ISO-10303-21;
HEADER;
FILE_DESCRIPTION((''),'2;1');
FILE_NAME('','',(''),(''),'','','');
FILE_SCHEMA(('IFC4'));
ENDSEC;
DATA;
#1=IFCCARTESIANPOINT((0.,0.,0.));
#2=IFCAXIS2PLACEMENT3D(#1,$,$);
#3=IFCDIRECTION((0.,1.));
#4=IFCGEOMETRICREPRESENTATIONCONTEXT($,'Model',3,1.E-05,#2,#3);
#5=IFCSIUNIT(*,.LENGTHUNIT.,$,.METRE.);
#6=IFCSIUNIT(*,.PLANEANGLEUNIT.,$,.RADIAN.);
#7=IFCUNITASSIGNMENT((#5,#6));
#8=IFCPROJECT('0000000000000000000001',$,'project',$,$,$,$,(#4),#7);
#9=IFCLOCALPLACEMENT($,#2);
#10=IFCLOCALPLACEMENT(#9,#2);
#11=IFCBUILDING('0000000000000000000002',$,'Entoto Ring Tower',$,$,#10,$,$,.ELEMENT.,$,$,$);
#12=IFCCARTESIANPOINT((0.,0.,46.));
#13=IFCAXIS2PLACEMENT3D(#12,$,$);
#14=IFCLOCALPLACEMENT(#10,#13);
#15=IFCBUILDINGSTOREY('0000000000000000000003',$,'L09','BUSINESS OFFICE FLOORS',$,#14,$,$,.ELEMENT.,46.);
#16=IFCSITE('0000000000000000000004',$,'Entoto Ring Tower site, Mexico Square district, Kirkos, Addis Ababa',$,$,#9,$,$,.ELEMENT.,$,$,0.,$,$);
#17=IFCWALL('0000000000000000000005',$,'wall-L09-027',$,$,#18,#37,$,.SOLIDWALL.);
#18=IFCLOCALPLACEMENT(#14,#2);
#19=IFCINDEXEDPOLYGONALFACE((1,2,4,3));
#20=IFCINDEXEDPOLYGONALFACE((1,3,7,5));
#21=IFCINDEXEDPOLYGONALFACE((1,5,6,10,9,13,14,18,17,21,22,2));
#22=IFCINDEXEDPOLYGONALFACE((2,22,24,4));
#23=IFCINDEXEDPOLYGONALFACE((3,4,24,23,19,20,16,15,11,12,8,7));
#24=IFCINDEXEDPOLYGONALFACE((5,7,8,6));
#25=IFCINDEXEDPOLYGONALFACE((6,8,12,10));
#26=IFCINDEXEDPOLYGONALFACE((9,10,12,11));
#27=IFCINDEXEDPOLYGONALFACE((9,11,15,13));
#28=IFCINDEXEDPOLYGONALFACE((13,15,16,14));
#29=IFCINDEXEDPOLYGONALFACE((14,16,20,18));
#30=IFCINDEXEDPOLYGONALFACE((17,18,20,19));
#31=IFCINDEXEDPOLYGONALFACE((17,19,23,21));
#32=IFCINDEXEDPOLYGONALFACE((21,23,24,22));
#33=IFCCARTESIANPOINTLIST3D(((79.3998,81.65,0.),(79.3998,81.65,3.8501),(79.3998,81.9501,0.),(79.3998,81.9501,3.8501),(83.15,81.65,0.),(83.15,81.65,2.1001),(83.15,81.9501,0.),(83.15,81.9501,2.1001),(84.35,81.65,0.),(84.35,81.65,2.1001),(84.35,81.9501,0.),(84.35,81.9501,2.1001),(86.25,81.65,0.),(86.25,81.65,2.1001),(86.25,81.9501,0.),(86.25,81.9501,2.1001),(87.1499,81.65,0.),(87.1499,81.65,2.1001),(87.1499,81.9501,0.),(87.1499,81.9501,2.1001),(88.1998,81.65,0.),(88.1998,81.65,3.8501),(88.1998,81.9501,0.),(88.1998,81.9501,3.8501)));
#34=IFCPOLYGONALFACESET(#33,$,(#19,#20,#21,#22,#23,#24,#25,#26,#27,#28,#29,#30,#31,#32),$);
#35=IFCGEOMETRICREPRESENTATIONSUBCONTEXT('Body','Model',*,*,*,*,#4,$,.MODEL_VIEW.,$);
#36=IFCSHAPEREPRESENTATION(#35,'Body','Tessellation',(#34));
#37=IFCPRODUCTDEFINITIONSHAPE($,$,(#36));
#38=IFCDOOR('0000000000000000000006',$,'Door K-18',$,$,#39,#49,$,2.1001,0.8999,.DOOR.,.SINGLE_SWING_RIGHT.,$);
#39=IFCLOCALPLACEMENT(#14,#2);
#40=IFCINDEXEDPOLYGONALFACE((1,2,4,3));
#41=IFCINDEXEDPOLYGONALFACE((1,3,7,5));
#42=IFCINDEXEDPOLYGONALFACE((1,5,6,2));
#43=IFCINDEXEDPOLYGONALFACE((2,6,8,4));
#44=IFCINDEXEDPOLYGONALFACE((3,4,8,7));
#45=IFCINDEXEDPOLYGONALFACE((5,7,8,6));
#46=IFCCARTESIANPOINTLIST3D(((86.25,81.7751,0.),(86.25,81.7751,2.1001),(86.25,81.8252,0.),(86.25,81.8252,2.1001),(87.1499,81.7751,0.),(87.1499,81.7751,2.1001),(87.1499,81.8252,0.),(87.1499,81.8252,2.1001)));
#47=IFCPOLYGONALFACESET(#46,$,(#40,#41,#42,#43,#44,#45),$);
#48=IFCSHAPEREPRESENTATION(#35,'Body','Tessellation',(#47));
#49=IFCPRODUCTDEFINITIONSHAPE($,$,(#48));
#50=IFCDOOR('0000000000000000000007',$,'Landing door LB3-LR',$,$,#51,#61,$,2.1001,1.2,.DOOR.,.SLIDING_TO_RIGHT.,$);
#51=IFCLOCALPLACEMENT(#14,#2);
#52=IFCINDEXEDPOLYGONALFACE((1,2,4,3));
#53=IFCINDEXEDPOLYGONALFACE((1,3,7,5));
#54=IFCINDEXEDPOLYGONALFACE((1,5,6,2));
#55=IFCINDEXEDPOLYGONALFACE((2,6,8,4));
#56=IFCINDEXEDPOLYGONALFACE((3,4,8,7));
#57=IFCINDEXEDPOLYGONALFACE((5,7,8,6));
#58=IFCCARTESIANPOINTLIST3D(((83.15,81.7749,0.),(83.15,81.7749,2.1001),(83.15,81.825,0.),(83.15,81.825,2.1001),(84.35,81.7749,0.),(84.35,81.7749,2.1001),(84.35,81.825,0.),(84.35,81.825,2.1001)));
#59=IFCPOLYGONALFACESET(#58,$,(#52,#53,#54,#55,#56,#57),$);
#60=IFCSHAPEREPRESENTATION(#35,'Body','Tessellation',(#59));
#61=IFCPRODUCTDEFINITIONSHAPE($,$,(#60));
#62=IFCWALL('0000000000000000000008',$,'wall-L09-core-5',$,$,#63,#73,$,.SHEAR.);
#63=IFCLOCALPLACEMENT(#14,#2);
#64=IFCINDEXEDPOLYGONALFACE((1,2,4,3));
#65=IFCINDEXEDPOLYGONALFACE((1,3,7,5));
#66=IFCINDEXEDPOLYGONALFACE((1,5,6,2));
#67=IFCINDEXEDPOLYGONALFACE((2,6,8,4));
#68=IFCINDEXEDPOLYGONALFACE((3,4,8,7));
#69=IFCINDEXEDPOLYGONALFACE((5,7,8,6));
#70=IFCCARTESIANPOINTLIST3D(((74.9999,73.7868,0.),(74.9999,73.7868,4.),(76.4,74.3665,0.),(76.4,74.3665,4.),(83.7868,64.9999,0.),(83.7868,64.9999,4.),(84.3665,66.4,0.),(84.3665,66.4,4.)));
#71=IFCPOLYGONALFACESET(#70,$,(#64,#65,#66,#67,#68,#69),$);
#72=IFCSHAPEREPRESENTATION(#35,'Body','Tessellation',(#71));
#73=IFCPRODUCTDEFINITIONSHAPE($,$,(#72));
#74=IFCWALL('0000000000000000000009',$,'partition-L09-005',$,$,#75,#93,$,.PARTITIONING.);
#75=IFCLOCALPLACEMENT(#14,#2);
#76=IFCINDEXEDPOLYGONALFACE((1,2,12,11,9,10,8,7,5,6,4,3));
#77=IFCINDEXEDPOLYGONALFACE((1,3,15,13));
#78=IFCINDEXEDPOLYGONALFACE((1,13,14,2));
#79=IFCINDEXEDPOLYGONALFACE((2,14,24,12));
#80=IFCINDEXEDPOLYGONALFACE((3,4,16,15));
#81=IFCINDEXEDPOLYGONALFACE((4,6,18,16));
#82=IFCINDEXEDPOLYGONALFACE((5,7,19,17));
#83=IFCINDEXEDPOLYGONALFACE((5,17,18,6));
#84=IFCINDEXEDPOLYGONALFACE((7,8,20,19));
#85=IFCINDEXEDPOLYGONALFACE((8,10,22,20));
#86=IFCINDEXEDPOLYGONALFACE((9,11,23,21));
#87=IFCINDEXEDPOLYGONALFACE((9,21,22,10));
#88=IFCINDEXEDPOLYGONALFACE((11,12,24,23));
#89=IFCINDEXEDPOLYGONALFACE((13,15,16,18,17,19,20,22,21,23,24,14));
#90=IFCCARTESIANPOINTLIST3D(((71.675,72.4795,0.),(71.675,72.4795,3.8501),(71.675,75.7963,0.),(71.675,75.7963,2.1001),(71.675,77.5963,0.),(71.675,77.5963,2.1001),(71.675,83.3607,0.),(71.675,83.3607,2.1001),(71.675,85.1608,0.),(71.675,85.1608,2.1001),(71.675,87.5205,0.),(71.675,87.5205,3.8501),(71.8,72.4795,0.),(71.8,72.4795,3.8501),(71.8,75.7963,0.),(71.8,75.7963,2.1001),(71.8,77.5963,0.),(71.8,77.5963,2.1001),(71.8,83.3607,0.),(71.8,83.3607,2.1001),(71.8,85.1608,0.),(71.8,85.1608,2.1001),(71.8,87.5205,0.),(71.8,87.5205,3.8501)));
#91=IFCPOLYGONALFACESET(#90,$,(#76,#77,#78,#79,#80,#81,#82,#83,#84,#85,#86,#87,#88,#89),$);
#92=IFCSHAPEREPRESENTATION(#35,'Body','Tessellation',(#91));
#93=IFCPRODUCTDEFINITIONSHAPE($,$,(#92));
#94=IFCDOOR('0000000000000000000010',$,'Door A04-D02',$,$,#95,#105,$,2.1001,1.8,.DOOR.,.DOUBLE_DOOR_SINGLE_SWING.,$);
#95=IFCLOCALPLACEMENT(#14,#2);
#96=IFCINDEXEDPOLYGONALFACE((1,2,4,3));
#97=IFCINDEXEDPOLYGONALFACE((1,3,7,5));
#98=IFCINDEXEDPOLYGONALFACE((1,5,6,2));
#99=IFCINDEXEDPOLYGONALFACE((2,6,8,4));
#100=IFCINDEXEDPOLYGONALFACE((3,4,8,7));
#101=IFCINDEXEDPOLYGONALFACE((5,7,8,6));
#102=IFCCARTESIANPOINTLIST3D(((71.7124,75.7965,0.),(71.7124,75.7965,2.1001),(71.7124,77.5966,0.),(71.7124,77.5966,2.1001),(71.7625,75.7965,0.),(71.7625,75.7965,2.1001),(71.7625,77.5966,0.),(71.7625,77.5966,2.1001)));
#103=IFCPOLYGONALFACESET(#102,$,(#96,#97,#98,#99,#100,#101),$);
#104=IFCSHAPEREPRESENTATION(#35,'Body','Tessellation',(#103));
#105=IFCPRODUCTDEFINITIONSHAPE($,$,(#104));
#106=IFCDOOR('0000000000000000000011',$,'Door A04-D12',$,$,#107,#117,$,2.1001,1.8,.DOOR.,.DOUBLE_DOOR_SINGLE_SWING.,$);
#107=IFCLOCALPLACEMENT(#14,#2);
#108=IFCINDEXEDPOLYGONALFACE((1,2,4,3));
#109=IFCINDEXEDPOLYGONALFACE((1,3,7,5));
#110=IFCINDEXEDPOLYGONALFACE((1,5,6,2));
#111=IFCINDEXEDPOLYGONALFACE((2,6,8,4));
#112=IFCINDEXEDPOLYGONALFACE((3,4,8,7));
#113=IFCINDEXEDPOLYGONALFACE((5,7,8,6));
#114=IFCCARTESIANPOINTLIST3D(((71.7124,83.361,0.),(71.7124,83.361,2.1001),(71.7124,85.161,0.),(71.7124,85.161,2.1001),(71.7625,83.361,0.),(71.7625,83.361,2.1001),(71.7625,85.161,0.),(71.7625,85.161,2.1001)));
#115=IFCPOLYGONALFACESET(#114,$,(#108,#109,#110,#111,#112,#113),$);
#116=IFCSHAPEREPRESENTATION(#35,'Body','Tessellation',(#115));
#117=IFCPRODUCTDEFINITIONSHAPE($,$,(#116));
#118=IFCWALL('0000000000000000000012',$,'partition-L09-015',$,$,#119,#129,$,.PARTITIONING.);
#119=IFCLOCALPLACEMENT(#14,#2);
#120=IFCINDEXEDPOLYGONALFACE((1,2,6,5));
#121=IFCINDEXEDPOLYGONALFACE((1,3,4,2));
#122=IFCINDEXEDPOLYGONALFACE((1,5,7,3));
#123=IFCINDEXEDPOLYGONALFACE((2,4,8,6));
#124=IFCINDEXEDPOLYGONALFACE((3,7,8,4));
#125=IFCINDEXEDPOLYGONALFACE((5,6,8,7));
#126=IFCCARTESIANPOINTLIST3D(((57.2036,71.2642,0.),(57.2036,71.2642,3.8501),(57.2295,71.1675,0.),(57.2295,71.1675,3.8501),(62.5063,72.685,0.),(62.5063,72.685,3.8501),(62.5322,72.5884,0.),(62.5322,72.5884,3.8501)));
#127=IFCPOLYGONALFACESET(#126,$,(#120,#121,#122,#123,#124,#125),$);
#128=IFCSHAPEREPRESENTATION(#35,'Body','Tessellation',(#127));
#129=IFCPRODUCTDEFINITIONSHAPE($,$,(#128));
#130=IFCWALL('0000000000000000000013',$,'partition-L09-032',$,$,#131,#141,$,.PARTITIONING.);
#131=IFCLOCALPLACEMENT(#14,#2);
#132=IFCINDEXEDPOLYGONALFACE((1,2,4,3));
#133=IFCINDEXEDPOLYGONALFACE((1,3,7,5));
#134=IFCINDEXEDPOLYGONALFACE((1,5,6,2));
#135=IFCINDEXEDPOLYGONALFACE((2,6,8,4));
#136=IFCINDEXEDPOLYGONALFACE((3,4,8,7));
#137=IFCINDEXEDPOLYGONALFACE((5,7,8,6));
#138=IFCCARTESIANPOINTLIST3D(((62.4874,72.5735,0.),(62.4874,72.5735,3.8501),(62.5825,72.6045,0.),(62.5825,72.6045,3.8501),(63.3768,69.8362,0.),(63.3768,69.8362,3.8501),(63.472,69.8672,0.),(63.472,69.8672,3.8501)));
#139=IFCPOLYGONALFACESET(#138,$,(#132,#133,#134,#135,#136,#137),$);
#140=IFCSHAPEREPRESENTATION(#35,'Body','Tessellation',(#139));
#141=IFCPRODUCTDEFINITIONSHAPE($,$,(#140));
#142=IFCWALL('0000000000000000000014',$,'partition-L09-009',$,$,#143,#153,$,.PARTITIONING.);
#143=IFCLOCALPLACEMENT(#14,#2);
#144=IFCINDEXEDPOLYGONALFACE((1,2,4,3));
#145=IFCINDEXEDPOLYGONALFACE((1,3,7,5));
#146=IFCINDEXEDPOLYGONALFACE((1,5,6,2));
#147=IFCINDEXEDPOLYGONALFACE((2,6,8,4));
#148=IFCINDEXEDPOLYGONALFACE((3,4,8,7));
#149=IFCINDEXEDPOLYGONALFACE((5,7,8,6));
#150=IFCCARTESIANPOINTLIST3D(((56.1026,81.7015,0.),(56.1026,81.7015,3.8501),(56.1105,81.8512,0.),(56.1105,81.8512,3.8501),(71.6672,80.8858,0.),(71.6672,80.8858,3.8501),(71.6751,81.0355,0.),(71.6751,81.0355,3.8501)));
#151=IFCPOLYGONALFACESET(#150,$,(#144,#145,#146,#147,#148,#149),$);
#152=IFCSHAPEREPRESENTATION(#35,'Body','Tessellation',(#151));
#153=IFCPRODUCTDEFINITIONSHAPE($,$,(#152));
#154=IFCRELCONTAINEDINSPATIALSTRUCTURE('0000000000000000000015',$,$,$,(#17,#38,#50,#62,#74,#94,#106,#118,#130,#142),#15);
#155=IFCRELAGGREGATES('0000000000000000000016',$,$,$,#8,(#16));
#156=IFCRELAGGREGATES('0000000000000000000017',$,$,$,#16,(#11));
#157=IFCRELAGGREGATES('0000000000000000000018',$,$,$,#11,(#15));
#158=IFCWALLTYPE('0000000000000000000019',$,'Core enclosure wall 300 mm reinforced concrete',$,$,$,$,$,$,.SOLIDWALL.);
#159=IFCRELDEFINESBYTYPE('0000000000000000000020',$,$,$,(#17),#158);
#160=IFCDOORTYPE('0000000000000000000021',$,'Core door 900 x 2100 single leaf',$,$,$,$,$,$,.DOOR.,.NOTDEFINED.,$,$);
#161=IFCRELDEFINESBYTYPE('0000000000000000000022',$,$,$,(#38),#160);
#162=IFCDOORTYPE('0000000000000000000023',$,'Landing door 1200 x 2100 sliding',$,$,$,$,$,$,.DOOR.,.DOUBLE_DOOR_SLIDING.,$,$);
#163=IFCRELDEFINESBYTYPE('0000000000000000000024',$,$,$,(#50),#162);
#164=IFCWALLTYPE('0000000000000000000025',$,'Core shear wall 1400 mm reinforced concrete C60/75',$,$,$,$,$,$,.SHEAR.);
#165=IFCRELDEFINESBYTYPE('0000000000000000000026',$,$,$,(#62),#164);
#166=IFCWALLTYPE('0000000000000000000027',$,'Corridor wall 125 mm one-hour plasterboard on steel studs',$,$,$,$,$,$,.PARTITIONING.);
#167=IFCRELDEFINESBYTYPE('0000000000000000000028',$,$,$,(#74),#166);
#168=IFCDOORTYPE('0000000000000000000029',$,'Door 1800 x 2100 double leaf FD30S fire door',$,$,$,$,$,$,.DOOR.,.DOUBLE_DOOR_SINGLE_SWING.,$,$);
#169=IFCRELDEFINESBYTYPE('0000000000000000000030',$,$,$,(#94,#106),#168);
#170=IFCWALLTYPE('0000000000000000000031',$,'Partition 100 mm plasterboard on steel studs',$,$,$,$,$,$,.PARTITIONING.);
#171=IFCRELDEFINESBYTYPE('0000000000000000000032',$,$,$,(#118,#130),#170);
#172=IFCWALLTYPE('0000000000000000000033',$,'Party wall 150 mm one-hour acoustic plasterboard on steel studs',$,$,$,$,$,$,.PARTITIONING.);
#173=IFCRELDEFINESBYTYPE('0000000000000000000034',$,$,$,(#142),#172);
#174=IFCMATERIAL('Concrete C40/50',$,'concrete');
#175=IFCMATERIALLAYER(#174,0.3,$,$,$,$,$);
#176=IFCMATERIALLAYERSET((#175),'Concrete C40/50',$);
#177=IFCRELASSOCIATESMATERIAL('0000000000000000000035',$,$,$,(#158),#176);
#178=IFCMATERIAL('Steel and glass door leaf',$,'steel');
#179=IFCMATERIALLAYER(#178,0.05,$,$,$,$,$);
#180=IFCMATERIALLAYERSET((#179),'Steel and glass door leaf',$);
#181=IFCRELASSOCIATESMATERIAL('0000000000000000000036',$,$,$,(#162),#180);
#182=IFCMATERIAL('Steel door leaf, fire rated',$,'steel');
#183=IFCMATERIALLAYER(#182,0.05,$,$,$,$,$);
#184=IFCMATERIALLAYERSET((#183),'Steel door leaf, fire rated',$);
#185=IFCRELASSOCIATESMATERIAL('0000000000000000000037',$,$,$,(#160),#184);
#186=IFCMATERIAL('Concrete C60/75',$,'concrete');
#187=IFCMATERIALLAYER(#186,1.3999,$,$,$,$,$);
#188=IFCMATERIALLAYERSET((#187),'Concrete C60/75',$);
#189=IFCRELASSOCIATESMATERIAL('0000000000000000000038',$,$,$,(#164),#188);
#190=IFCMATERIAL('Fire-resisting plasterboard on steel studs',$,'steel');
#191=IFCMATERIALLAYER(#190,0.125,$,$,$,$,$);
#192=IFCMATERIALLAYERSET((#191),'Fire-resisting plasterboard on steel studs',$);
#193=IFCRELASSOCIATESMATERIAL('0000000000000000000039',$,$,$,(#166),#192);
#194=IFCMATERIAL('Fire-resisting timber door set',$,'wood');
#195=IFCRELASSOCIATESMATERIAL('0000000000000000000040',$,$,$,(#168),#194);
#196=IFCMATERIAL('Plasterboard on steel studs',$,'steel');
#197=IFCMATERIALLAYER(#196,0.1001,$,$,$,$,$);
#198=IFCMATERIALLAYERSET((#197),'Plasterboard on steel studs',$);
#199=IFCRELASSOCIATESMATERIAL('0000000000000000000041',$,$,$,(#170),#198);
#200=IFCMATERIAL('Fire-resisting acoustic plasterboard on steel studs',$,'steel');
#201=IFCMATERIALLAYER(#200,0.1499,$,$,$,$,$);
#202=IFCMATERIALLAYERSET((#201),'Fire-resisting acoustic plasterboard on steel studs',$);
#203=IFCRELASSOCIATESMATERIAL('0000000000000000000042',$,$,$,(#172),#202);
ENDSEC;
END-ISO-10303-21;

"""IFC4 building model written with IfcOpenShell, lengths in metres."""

from ifc_helpers import new_model, si_unit, direction, frame, frame_2d, origin, place, context, subcontext, project, spatial, polyline, rectangle, outline, extrude, material, layer, layer_set, type_object, element, fill, save


model = new_model("IFC4")

# Units and contexts
model_context = context("Model", 3, precision=1e-05, world=origin(), true_north=direction((0.0, 1.0)))
body_context = subcontext(model_context, "Body", "Model", "MODEL_VIEW")
ifc_project = project(units=[si_unit("LENGTHUNIT", "METRE"), si_unit("PLANEANGLEUNIT", "RADIAN")], contexts=[model_context])

# Site, building, storey
site_placement = place(None, origin())
site = spatial("IfcSite", under=ifc_project, at=site_placement, Name="Entoto Ring Tower site, Mexico Square district, Kirkos, Addis Ababa", CompositionType="ELEMENT", RefElevation=0.0)
building_placement = place(site_placement, origin())
building = spatial("IfcBuilding", under=site, at=building_placement, Name="Entoto Ring Tower", CompositionType="ELEMENT")
storey_placement = place(building_placement, frame((0.0, 0.0, 46.0)))
storey = spatial("IfcBuildingStorey", under=building, at=storey_placement, Name="L09", Description="BUSINESS OFFICE FLOORS", CompositionType="ELEMENT", Elevation=46.0)

# Shared definitions
ifc_material_1 = material(Name="Concrete C40/50", Category="concrete")
ifc_layer_1 = layer(ifc_material_1, 0.3)
ifc_layer_set_1 = layer_set([ifc_layer_1], Name="Concrete C40/50")
wall_type_1 = type_object("IfcWallType", Name="Core enclosure wall 300 mm reinforced concrete", PredefinedType="SOLIDWALL", material=ifc_layer_set_1)

# Shared definitions
ifc_material_2 = material(Name="Steel and glass door leaf", Category="steel")
ifc_layer_2 = layer(ifc_material_2, 0.05)
ifc_layer_set_2 = layer_set([ifc_layer_2], Name="Steel and glass door leaf")
door_type_1 = type_object("IfcDoorType", Name="Landing door 1200 x 2100 sliding", OperationType="DOUBLE_DOOR_SLIDING", PredefinedType="DOOR", material=ifc_layer_set_2)

# Wall, openings, doors
wall_1_placement = place(storey_placement, frame((79.3999, 81.8, 0.0), z_axis=(0.0, 0.0, 1.0), x_axis=(1.0, 0.0, 0.0)))
wall_1 = element("IfcWall", 1, at=wall_1_placement, inside=storey, type_object=wall_type_1, Name="wall-L09-027", PredefinedType="SOLIDWALL", context=body_context, shape_type="SweptSolid", body=[
    extrude(rectangle(XDim=8.8, YDim=0.3, at=frame_2d((4.3999, 0.0))), origin(), (0.0, 0.0, 1.0), 3.8501),
])
opening_1_placement = place(wall_1_placement, frame((3.75, 0.0, 0.0)))
opening_1 = element("IfcOpeningElement", 2, at=opening_1_placement, cuts=wall_1, PredefinedType="OPENING", context=body_context, shape_type="SweptSolid", body=[
    extrude(rectangle(XDim=1.2, YDim=2.1001, at=frame_2d((0.6001, 1.05))), frame((0.0, 0.1602, 0.0), z_axis=(0.0, -1.0, 0.0), x_axis=(1.0, 0.0, 0.0)), (0.0, 0.0, 1.0), 0.3201),
])
opening_2_placement = place(wall_1_placement, frame((6.8501, 0.0, 0.0)))
opening_2 = element("IfcOpeningElement", 3, at=opening_2_placement, cuts=wall_1, PredefinedType="OPENING", context=body_context, shape_type="SweptSolid", body=[
    extrude(rectangle(XDim=0.8999, YDim=2.1001, at=frame_2d((0.45, 1.05))), frame((0.0, 0.1602, 0.0), z_axis=(0.0, -1.0, 0.0), x_axis=(1.0, 0.0, 0.0)), (0.0, 0.0, 1.0), 0.3201),
])
ifc_material_3 = material(Name="Steel door leaf, fire rated", Category="steel")
ifc_layer_3 = layer(ifc_material_3, 0.05)
ifc_layer_set_3 = layer_set([ifc_layer_3], Name="Steel door leaf, fire rated")
door_type_2 = type_object("IfcDoorType", Name="Core door 900 x 2100 single leaf", OperationType="NOTDEFINED", PredefinedType="DOOR", material=ifc_layer_set_3)
door_1_placement = place(opening_2_placement, frame((0.8999, 0.0, 0.0), z_axis=(0.0, 0.0, 1.0), x_axis=(-1.0, 0.0, 0.0)))
door_1 = element("IfcDoor", 4, at=door_1_placement, inside=storey, type_object=door_type_2, Name="Door K-18", OperationType="SINGLE_SWING_RIGHT", OverallHeight=2.1001, OverallWidth=0.8999, PredefinedType="DOOR", context=body_context, shape_type="SweptSolid", body=[
    extrude(rectangle(XDim=0.8999, YDim=2.1001, at=frame_2d((0.45, 1.05))), frame((0.0, 0.0249, 0.0), z_axis=(0.0, -1.0, 0.0), x_axis=(1.0, 0.0, 0.0)), (0.0, 0.0, 1.0), 0.05),
])
fill(opening_2, door_1)
door_2_placement = place(opening_1_placement, origin())
door_2 = element("IfcDoor", 5, at=door_2_placement, inside=storey, type_object=door_type_1, Name="Landing door LB3-LR", OperationType="SLIDING_TO_RIGHT", OverallHeight=2.1001, OverallWidth=1.2, PredefinedType="DOOR", context=body_context, shape_type="SweptSolid", body=[
    extrude(rectangle(XDim=1.2, YDim=2.1001, at=frame_2d((0.6001, 1.05))), frame((0.0, 0.0249, 0.0), z_axis=(0.0, -1.0, 0.0), x_axis=(1.0, 0.0, 0.0)), (0.0, 0.0, 1.0), 0.05),
])
fill(opening_1, door_2)

# Wall
ifc_material_4 = material(Name="Concrete C60/75", Category="concrete")
ifc_layer_4 = layer(ifc_material_4, 1.3999)
ifc_layer_set_4 = layer_set([ifc_layer_4], Name="Concrete C60/75")
wall_type_2 = type_object("IfcWallType", Name="Core shear wall 1400 mm reinforced concrete C60/75", PredefinedType="SHEAR", material=ifc_layer_set_4)
wall_2_placement = place(storey_placement, frame((75.7, 74.0767, 0.0), z_axis=(0.0, 0.0, 1.0), x_axis=(0.707107, -0.707107, 0.0)))
element("IfcWall", 6, at=wall_2_placement, inside=storey, type_object=wall_type_2, Name="wall-L09-core-5", PredefinedType="SHEAR", context=body_context, shape_type="SweptSolid", body=[
    extrude(outline(polyline([(-0.29, -0.7), (12.1365, -0.7), (11.5564, 0.7), (0.29, 0.7), (-0.29, -0.7)])), origin(), (0.0, 0.0, 1.0), 4.0),
])

# Wall, openings, doors
ifc_material_5 = material(Name="Fire-resisting plasterboard on steel studs", Category="steel")
ifc_layer_5 = layer(ifc_material_5, 0.125)
ifc_layer_set_5 = layer_set([ifc_layer_5], Name="Fire-resisting plasterboard on steel studs")
wall_type_3 = type_object("IfcWallType", Name="Corridor wall 125 mm one-hour plasterboard on steel studs", PredefinedType="PARTITIONING", material=ifc_layer_set_5)
wall_3_placement = place(storey_placement, frame((71.7375, 72.4795, 0.0), z_axis=(0.0, 0.0, 1.0), x_axis=(0.0, 1.0, 0.0)))
wall_3 = element("IfcWall", 7, at=wall_3_placement, inside=storey, type_object=wall_type_3, Name="partition-L09-005", PredefinedType="PARTITIONING", context=body_context, shape_type="SweptSolid", body=[
    extrude(rectangle(XDim=15.041, YDim=0.125, at=frame_2d((7.5205, 0.0))), origin(), (0.0, 0.0, 1.0), 3.8501),
])
opening_3_placement = place(wall_3_placement, frame((3.3169, 0.0, 0.0)))
opening_3 = element("IfcOpeningElement", 8, at=opening_3_placement, cuts=wall_3, PredefinedType="OPENING", context=body_context, shape_type="SweptSolid", body=[
    extrude(rectangle(XDim=1.8, YDim=2.1001, at=frame_2d((0.8999, 1.05))), frame((0.0, 0.0725, 0.0), z_axis=(0.0, -1.0, 0.0), x_axis=(1.0, 0.0, 0.0)), (0.0, 0.0, 1.0), 0.145),
])
opening_4_placement = place(wall_3_placement, frame((10.8813, 0.0, 0.0)))
opening_4 = element("IfcOpeningElement", 9, at=opening_4_placement, cuts=wall_3, PredefinedType="OPENING", context=body_context, shape_type="SweptSolid", body=[
    extrude(rectangle(XDim=1.8, YDim=2.1001, at=frame_2d((0.8999, 1.05))), frame((0.0, 0.0725, 0.0), z_axis=(0.0, -1.0, 0.0), x_axis=(1.0, 0.0, 0.0)), (0.0, 0.0, 1.0), 0.145),
])
ifc_material_6 = material(Name="Fire-resisting timber door set", Category="wood")
door_type_3 = type_object("IfcDoorType", Name="Door 1800 x 2100 double leaf FD30S fire door", OperationType="DOUBLE_DOOR_SINGLE_SWING", PredefinedType="DOOR", material=ifc_material_6)
door_3_placement = place(opening_3_placement, frame((1.8, 0.0, 0.0), z_axis=(0.0, 0.0, 1.0), x_axis=(-1.0, 0.0, 0.0)))
door_3 = element("IfcDoor", 10, at=door_3_placement, inside=storey, type_object=door_type_3, Name="Door A04-D02", OperationType="DOUBLE_DOOR_SINGLE_SWING", OverallHeight=2.1001, OverallWidth=1.8, PredefinedType="DOOR", context=body_context, shape_type="SweptSolid", body=[
    extrude(rectangle(XDim=1.8, YDim=2.1001, at=frame_2d((0.8999, 1.05))), frame((0.0, 0.0249, 0.0), z_axis=(0.0, -1.0, 0.0), x_axis=(1.0, 0.0, 0.0)), (0.0, 0.0, 1.0), 0.05),
])
fill(opening_3, door_3)
door_4_placement = place(opening_4_placement, frame((1.8, 0.0, 0.0), z_axis=(0.0, 0.0, 1.0), x_axis=(-1.0, 0.0, 0.0)))
door_4 = element("IfcDoor", 11, at=door_4_placement, inside=storey, type_object=door_type_3, Name="Door A04-D12", OperationType="DOUBLE_DOOR_SINGLE_SWING", OverallHeight=2.1001, OverallWidth=1.8, PredefinedType="DOOR", context=body_context, shape_type="SweptSolid", body=[
    extrude(rectangle(XDim=1.8, YDim=2.1001, at=frame_2d((0.8999, 1.05))), frame((0.0, 0.0249, 0.0), z_axis=(0.0, -1.0, 0.0), x_axis=(1.0, 0.0, 0.0)), (0.0, 0.0, 1.0), 0.05),
])
fill(opening_4, door_4)

# Walls
ifc_material_7 = material(Name="Plasterboard on steel studs", Category="steel")
ifc_layer_6 = layer(ifc_material_7, 0.1001)
ifc_layer_set_6 = layer_set([ifc_layer_6], Name="Plasterboard on steel studs")
wall_type_4 = type_object("IfcWallType", Name="Partition 100 mm plasterboard on steel studs", PredefinedType="PARTITIONING", material=ifc_layer_set_6)
wall_4_placement = place(storey_placement, frame((57.2166, 71.2158, 0.0), z_axis=(0.0, 0.0, 1.0), x_axis=(0.965924, 0.258825, 0.0)))
element("IfcWall", 12, at=wall_4_placement, inside=storey, type_object=wall_type_4, Name="partition-L09-015", PredefinedType="PARTITIONING", context=body_context, shape_type="SweptSolid", body=[
    extrude(rectangle(XDim=5.4897, YDim=0.1001, at=frame_2d((2.7449, 0.0))), origin(), (0.0, 0.0, 1.0), 3.8501),
])
wall_5_placement = place(storey_placement, frame((63.4243, 69.8518, 0.0), z_axis=(0.0, 0.0, 1.0), x_axis=(-0.309017, 0.951057, 0.0)))
element("IfcWall", 13, at=wall_5_placement, inside=storey, type_object=wall_type_4, Name="partition-L09-032", PredefinedType="PARTITIONING", context=body_context, shape_type="SweptSolid", body=[
    extrude(rectangle(XDim=2.8782, YDim=0.1001, at=frame_2d((1.439, 0.0))), origin(), (0.0, 0.0, 1.0), 3.8501),
])
ifc_material_8 = material(Name="Fire-resisting acoustic plasterboard on steel studs", Category="steel")
ifc_layer_7 = layer(ifc_material_8, 0.1499)
ifc_layer_set_7 = layer_set([ifc_layer_7], Name="Fire-resisting acoustic plasterboard on steel studs")
wall_type_5 = type_object("IfcWallType", Name="Party wall 150 mm one-hour acoustic plasterboard on steel studs", PredefinedType="PARTITIONING", material=ifc_layer_set_7)
wall_6_placement = place(storey_placement, frame((71.6711, 80.9607, 0.0), z_axis=(0.0, 0.0, 1.0), x_axis=(-0.99863, 0.052334, 0.0)))
element("IfcWall", 14, at=wall_6_placement, inside=storey, type_object=wall_type_5, Name="partition-L09-009", PredefinedType="PARTITIONING", context=body_context, shape_type="SweptSolid", body=[
    extrude(rectangle(XDim=15.5859, YDim=0.1499, at=frame_2d((7.793, 0.0))), origin(), (0.0, 0.0, 1.0), 3.8501),
])

save(model, "model.ifc")
